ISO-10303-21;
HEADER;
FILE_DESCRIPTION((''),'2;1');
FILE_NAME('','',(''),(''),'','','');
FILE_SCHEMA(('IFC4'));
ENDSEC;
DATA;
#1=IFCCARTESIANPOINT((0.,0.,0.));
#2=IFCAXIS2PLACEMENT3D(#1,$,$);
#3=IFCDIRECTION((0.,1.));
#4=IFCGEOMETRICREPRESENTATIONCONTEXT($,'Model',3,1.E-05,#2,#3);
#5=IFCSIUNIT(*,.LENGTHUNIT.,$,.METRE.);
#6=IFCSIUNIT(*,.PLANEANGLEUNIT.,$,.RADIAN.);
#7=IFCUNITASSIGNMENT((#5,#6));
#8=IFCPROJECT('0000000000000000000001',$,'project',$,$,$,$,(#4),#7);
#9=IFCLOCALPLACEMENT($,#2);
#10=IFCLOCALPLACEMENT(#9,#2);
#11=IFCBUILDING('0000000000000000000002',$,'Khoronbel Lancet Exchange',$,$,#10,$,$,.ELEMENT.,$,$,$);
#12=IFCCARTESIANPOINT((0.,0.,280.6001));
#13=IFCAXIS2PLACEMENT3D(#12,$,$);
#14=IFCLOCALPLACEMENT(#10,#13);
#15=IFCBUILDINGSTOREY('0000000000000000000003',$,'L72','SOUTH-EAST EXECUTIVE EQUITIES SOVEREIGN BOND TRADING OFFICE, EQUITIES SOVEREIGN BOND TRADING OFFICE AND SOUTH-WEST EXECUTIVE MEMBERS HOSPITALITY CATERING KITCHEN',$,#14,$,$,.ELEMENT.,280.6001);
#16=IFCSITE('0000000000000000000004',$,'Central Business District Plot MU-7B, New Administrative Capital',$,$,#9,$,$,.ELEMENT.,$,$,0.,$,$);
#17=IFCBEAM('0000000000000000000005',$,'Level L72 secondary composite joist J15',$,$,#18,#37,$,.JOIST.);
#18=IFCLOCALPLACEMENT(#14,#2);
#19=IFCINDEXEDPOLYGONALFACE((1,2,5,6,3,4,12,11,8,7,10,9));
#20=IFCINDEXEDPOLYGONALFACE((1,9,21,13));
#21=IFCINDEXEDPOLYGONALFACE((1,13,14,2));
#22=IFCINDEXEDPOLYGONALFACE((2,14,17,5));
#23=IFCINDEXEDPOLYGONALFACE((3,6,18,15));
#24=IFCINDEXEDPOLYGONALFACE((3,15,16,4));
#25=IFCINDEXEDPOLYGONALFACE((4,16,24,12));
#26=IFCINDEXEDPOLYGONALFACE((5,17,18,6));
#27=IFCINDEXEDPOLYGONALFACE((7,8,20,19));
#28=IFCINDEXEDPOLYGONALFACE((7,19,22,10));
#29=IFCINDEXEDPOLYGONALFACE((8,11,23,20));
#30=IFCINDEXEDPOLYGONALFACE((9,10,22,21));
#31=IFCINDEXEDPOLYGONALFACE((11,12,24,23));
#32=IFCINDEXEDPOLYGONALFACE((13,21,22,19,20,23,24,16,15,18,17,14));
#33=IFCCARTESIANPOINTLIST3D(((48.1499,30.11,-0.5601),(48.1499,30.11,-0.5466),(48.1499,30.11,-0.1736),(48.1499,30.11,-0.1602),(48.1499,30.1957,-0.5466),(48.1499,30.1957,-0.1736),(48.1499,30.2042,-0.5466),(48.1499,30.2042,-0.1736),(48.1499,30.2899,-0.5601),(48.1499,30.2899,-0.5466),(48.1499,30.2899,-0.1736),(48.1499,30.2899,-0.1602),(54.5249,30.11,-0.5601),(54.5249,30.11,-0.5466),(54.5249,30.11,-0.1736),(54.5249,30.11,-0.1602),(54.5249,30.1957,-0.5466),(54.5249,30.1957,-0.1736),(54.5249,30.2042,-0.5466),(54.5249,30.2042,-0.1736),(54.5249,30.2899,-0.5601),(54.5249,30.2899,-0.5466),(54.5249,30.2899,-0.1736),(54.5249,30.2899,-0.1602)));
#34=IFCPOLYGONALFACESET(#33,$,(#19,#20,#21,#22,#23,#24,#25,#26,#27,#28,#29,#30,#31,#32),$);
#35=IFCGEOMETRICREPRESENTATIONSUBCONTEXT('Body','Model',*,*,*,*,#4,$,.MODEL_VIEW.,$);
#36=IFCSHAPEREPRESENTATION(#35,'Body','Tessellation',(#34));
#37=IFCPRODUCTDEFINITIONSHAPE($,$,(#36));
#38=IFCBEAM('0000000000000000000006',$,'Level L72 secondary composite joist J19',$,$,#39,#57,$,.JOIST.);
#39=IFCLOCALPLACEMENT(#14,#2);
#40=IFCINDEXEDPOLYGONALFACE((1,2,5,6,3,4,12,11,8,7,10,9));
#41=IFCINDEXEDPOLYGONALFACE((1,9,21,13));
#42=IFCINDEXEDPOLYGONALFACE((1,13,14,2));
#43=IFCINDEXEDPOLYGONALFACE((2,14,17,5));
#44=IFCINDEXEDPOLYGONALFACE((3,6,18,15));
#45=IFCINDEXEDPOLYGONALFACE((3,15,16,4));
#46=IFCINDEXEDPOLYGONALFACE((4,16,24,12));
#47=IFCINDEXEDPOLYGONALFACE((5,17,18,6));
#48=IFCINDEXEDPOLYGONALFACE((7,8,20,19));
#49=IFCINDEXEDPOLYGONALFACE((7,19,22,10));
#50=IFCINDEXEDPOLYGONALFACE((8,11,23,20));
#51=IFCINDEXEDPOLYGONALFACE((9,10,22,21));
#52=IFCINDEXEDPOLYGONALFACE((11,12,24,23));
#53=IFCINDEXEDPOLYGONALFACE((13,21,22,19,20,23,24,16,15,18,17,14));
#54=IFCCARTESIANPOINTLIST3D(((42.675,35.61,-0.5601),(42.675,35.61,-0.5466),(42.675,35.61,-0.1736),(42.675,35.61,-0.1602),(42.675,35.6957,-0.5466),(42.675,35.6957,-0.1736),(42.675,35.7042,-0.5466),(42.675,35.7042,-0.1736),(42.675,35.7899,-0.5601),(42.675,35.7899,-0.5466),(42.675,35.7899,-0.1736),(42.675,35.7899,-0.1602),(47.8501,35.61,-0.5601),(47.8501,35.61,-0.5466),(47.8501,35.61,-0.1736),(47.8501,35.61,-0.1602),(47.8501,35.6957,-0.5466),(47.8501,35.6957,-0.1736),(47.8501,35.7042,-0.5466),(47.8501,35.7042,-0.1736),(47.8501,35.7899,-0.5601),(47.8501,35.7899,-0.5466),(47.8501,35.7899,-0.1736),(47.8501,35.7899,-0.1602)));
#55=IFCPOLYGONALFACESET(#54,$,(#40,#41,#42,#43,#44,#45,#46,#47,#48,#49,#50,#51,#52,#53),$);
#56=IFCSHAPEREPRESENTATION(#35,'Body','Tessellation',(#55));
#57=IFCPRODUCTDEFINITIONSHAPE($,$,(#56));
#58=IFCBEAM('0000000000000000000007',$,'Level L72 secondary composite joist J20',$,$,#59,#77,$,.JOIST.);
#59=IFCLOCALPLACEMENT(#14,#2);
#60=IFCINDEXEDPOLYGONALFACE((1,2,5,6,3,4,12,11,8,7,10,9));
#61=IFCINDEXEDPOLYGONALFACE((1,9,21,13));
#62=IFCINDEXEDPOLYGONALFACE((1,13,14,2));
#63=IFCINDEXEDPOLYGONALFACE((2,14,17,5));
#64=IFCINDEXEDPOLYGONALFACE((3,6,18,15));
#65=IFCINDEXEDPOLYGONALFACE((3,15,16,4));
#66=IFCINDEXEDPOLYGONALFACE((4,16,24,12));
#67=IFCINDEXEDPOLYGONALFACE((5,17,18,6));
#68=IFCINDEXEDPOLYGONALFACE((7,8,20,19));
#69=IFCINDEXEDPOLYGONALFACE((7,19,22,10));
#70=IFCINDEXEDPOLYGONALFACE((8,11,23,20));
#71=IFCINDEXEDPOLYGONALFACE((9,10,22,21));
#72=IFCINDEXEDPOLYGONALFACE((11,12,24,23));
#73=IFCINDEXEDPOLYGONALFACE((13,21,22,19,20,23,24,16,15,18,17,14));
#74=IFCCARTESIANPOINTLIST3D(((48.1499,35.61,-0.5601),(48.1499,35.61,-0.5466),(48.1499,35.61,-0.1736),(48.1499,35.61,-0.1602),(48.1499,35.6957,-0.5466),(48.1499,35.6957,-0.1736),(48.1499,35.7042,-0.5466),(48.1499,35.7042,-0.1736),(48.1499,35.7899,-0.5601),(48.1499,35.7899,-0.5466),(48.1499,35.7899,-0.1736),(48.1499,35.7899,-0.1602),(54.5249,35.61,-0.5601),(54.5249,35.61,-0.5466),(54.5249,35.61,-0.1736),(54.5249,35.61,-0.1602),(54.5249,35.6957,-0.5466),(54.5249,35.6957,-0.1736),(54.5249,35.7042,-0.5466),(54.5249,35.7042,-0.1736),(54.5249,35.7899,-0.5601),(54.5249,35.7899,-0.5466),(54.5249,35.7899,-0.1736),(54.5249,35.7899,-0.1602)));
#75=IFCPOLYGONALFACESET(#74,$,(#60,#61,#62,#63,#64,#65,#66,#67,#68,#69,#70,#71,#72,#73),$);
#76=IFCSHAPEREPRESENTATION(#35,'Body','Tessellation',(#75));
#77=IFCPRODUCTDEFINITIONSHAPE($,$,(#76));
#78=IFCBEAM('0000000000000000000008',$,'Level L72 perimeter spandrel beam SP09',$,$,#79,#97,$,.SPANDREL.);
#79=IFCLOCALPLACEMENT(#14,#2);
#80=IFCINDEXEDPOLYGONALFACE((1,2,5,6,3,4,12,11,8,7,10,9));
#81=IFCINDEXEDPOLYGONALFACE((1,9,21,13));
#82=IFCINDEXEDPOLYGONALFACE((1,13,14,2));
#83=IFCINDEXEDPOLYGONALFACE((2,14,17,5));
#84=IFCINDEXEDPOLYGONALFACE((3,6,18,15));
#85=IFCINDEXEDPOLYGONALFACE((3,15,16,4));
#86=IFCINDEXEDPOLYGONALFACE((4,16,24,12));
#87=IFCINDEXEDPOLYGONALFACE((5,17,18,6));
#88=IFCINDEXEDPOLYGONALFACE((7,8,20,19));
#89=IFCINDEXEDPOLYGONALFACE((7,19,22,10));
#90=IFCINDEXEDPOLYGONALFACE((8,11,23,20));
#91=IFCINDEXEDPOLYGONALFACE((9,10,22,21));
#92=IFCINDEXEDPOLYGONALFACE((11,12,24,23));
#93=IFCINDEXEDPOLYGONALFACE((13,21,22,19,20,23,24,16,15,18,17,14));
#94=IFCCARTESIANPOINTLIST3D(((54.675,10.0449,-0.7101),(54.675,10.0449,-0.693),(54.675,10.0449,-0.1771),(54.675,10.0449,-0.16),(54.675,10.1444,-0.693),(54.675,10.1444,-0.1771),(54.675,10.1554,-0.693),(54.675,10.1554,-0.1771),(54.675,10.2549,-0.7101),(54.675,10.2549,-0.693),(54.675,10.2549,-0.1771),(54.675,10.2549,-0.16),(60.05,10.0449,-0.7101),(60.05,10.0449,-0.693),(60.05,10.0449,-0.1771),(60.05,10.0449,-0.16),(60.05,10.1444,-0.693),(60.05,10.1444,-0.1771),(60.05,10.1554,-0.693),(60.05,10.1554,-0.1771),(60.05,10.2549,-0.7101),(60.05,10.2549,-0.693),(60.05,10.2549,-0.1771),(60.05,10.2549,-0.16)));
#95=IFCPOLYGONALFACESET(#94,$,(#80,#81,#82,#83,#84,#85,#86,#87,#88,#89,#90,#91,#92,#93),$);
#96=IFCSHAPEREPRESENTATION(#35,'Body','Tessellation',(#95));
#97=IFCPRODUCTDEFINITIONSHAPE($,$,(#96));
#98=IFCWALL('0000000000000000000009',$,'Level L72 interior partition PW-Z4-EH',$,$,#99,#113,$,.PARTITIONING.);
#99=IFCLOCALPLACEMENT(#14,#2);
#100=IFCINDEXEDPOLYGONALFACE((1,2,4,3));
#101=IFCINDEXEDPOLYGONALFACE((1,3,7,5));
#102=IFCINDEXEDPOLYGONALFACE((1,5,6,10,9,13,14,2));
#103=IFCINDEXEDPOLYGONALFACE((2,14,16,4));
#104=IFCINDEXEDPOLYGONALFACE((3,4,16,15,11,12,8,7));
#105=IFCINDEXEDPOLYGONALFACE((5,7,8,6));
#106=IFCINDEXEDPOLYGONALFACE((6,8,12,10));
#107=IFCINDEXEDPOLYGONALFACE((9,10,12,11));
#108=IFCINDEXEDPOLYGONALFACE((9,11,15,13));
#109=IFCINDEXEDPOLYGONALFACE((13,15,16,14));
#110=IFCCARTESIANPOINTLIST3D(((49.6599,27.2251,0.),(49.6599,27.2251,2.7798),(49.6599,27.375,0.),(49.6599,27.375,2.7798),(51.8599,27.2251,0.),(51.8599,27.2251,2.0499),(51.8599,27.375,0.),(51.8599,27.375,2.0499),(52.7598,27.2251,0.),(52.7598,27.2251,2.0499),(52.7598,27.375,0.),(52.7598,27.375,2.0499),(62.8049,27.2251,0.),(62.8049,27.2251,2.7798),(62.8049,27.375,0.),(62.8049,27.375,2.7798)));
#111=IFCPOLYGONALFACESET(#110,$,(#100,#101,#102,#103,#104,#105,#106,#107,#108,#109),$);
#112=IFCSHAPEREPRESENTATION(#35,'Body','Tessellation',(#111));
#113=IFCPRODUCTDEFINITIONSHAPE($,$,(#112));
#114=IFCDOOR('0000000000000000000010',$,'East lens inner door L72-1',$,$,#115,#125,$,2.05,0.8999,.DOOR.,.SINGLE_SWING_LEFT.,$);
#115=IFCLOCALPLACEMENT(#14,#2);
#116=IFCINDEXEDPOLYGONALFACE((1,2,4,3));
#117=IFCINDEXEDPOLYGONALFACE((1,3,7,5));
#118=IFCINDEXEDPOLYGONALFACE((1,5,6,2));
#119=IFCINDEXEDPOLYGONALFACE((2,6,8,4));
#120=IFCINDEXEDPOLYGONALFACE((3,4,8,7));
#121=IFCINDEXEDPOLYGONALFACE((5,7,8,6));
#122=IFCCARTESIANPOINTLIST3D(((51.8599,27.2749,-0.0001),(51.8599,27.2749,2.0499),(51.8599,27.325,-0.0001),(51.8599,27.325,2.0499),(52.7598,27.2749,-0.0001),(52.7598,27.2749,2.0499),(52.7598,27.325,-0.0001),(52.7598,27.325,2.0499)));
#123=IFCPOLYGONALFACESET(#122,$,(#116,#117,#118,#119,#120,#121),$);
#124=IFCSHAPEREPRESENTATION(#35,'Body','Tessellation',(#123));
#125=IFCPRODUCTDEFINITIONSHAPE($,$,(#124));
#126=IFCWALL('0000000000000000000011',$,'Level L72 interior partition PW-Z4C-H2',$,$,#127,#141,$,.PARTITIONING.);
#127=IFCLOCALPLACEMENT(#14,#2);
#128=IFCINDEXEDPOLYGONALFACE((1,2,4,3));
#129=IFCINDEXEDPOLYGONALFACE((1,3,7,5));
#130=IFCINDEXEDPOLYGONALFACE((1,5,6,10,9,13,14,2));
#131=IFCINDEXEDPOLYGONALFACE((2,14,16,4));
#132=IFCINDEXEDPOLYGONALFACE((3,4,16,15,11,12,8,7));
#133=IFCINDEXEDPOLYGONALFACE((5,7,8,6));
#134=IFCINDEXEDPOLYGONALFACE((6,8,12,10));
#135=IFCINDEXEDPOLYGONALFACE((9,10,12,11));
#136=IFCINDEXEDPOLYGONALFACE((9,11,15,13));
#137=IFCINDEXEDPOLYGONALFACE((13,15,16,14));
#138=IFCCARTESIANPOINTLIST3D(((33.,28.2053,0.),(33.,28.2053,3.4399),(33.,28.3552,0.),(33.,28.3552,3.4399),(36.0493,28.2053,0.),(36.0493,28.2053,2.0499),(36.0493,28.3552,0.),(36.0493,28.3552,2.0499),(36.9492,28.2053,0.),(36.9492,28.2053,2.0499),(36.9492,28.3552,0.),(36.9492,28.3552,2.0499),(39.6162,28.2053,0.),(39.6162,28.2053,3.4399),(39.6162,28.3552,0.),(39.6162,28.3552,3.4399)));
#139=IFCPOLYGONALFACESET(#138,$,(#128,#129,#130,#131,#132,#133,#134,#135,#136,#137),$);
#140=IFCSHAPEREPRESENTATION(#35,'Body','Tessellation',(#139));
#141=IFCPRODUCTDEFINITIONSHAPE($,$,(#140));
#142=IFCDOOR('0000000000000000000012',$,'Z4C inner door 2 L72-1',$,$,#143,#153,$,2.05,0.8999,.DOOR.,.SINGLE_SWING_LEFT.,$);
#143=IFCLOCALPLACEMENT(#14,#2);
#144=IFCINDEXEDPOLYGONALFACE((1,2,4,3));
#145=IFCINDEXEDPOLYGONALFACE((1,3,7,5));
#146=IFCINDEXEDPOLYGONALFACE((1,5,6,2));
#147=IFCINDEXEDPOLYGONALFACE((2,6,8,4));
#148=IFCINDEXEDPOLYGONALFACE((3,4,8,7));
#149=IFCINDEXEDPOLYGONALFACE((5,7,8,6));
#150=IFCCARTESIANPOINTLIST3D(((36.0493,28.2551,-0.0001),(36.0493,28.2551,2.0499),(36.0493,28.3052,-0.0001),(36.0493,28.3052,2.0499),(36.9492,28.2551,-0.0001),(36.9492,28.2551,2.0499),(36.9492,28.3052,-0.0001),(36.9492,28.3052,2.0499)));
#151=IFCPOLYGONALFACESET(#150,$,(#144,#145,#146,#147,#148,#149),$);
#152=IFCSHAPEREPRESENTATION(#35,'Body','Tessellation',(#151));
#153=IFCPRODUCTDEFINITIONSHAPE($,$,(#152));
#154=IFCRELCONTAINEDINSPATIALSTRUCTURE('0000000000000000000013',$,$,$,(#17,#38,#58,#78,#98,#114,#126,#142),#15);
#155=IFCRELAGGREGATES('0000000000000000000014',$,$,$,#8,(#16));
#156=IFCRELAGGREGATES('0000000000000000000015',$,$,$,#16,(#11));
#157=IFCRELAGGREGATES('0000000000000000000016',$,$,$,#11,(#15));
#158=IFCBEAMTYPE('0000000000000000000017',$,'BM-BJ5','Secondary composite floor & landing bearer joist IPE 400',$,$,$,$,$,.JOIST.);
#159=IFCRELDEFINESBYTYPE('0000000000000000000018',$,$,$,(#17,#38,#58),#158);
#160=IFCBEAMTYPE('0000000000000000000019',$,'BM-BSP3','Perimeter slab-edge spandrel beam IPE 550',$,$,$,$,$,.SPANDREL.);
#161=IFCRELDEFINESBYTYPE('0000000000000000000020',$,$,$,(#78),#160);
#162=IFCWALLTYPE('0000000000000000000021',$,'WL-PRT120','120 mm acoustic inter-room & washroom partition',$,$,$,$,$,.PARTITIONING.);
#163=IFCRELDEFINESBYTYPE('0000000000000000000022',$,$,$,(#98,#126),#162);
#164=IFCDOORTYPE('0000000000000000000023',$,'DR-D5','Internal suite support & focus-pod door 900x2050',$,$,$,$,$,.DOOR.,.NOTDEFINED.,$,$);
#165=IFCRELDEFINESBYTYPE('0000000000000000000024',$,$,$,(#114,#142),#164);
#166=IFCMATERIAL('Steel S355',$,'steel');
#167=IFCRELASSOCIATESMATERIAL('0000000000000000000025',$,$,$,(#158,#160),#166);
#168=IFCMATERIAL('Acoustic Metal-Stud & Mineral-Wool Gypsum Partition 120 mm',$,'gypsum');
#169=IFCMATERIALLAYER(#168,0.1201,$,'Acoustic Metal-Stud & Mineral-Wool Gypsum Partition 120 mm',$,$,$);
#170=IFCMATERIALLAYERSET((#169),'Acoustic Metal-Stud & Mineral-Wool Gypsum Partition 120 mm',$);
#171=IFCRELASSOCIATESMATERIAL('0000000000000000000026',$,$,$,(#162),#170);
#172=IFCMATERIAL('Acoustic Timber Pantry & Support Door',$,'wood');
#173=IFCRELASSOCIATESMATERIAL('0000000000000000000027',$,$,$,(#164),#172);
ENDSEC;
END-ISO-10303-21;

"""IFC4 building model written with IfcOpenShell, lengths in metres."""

from ifc_helpers import new_model, si_unit, direction, frame, frame_2d, origin, origin_2d, place, context, subcontext, project, spatial, rectangle, i_section, extrude, material, layer, layer_set, material_profile, profile_set, type_object, element, fill, save


model = new_model("IFC4")

# Units and contexts
model_context = context("Model", 3, precision=1e-05, world=origin(), true_north=direction((0.0, 1.0)))
body_context = subcontext(model_context, "Body", "Model", "MODEL_VIEW")
ifc_project = project(units=[si_unit("LENGTHUNIT", "METRE"), si_unit("PLANEANGLEUNIT", "RADIAN")], contexts=[model_context])

# Site, building, storey
site_placement = place(None, origin())
site = spatial("IfcSite", under=ifc_project, at=site_placement, Name="Central Business District Plot MU-7B, New Administrative Capital", CompositionType="ELEMENT", RefElevation=0.0)
building_placement = place(site_placement, origin())
building = spatial("IfcBuilding", under=site, at=building_placement, Name="Khoronbel Lancet Exchange", CompositionType="ELEMENT")
storey_placement = place(building_placement, frame((0.0, 0.0, 280.6001)))
storey = spatial("IfcBuildingStorey", under=building, at=storey_placement, Name="L72", Description="SOUTH-EAST EXECUTIVE EQUITIES SOVEREIGN BOND TRADING OFFICE, EQUITIES SOVEREIGN BOND TRADING OFFICE AND SOUTH-WEST EXECUTIVE MEMBERS HOSPITALITY CATERING KITCHEN", CompositionType="ELEMENT", Elevation=280.6001)

# Shared definitions
ifc_material_1 = material(Name="Steel S355", Category="steel")

# Beams
ifc_material_profile_1 = material_profile(ifc_material_1, i_section(OverallWidth=0.1799, OverallDepth=0.3999, WebThickness=0.0085, FlangeThickness=0.0134, at=origin_2d()), Name="IPE 400")
ifc_profile_set_1 = profile_set([ifc_material_profile_1], Name="Steel S355")
beam_type_1 = type_object("IfcBeamType", Name="BM-BJ5", Description="Secondary composite floor & landing bearer joist IPE 400", PredefinedType="JOIST", material=ifc_profile_set_1)
beam_1_placement = place(storey_placement, frame((48.1499, 30.2, -0.3601), z_axis=(1.0, 0.0, 0.0), x_axis=(0.0, 1.0, 0.0)))
element("IfcBeam", 1, at=beam_1_placement, inside=storey, type_object=beam_type_1, Name="Level L72 secondary composite joist J15", PredefinedType="JOIST", context=body_context, shape_type="SweptSolid", body=[
    extrude(i_section(OverallWidth=0.1799, OverallDepth=0.3999, WebThickness=0.0085, FlangeThickness=0.0134, at=origin_2d()), origin(), (0.0, 0.0, 1.0), 6.375),
])
beam_2_placement = place(storey_placement, frame((42.675, 35.7, -0.3601), z_axis=(1.0, 0.0, 0.0), x_axis=(0.0, 1.0, 0.0)))
element("IfcBeam", 2, at=beam_2_placement, inside=storey, type_object=beam_type_1, Name="Level L72 secondary composite joist J19", PredefinedType="JOIST", context=body_context, shape_type="SweptSolid", body=[
    extrude(i_section(OverallWidth=0.1799, OverallDepth=0.3999, WebThickness=0.0085, FlangeThickness=0.0134, at=origin_2d()), origin(), (0.0, 0.0, 1.0), 5.175),
])
beam_3_placement = place(storey_placement, frame((48.1499, 35.7, -0.3601), z_axis=(1.0, 0.0, 0.0), x_axis=(0.0, 1.0, 0.0)))
element("IfcBeam", 3, at=beam_3_placement, inside=storey, type_object=beam_type_1, Name="Level L72 secondary composite joist J20", PredefinedType="JOIST", context=body_context, shape_type="SweptSolid", body=[
    extrude(i_section(OverallWidth=0.1799, OverallDepth=0.3999, WebThickness=0.0085, FlangeThickness=0.0134, at=origin_2d()), origin(), (0.0, 0.0, 1.0), 6.375),
])
ifc_material_profile_2 = material_profile(ifc_material_1, i_section(OverallWidth=0.21, OverallDepth=0.55, WebThickness=0.011, FlangeThickness=0.0171, at=origin_2d()), Name="IPE 550")
ifc_profile_set_2 = profile_set([ifc_material_profile_2], Name="Steel S355")
beam_type_2 = type_object("IfcBeamType", Name="BM-BSP3", Description="Perimeter slab-edge spandrel beam IPE 550", PredefinedType="SPANDREL", material=ifc_profile_set_2)
beam_4_placement = place(storey_placement, frame((54.675, 10.1499, -0.4351), z_axis=(1.0, 0.0, 0.0), x_axis=(0.0, 1.0, 0.0)))
element("IfcBeam", 4, at=beam_4_placement, inside=storey, type_object=beam_type_2, Name="Level L72 perimeter spandrel beam SP09", PredefinedType="SPANDREL", context=body_context, shape_type="SweptSolid", body=[
    extrude(i_section(OverallWidth=0.21, OverallDepth=0.55, WebThickness=0.011, FlangeThickness=0.0171, at=origin_2d()), origin(), (0.0, 0.0, 1.0), 5.375),
])

# Walls, openings, doors
ifc_material_2 = material(Name="Acoustic Metal-Stud & Mineral-Wool Gypsum Partition 120 mm", Category="gypsum")
ifc_layer_1 = layer(ifc_material_2, 0.1201, Name="Acoustic Metal-Stud & Mineral-Wool Gypsum Partition 120 mm")
ifc_layer_set_1 = layer_set([ifc_layer_1], Name="Acoustic Metal-Stud & Mineral-Wool Gypsum Partition 120 mm")
wall_type_1 = type_object("IfcWallType", Name="WL-PRT120", Description="120 mm acoustic inter-room & washroom partition", PredefinedType="PARTITIONING", material=ifc_layer_set_1)
wall_1_placement = place(storey_placement, frame((49.6599, 27.3, 0.0), z_axis=(0.0, 0.0, 1.0), x_axis=(1.0, 0.0, 0.0)))
wall_1 = element("IfcWall", 5, at=wall_1_placement, inside=storey, type_object=wall_type_1, Name="Level L72 interior partition PW-Z4-EH", PredefinedType="PARTITIONING", context=body_context, shape_type="SweptSolid", body=[
    extrude(rectangle(XDim=13.145, YDim=0.1499, at=frame_2d((6.5725, 0.0))), origin(), (0.0, 0.0, 1.0), 2.7798),
])
opening_1_placement = place(wall_1_placement, frame((2.2, 0.0, 0.0)))
opening_1 = element("IfcOpeningElement", 6, at=opening_1_placement, cuts=wall_1, PredefinedType="OPENING", context=body_context, shape_type="SweptSolid", body=[
    extrude(rectangle(XDim=0.8999, YDim=2.05, at=frame_2d((0.45, 1.0249))), frame((0.0, 0.085, 0.0), z_axis=(0.0, -1.0, 0.0), x_axis=(1.0, 0.0, 0.0)), (0.0, 0.0, 1.0), 0.1699),
])
ifc_material_3 = material(Name="Acoustic Timber Pantry & Support Door", Category="wood")
door_type_1 = type_object("IfcDoorType", Name="DR-D5", Description="Internal suite support & focus-pod door 900x2050", OperationType="NOTDEFINED", PredefinedType="DOOR", material=ifc_material_3)
door_1_placement = place(opening_1_placement, origin())
door_1 = element("IfcDoor", 7, at=door_1_placement, inside=storey, type_object=door_type_1, Name="East lens inner door L72-1", OperationType="SINGLE_SWING_LEFT", OverallHeight=2.05, OverallWidth=0.8999, PredefinedType="DOOR", context=body_context, shape_type="SweptSolid", body=[
    extrude(rectangle(XDim=0.8999, YDim=2.05, at=frame_2d((0.45, 1.0249))), frame((0.0, 0.0249, 0.0), z_axis=(0.0, -1.0, 0.0), x_axis=(1.0, 0.0, 0.0)), (0.0, 0.0, 1.0), 0.05),
])
fill(opening_1, door_1)
wall_2_placement = place(storey_placement, frame((33.0, 28.2803, 0.0), z_axis=(0.0, 0.0, 1.0), x_axis=(1.0, 0.0, 0.0)))
wall_2 = element("IfcWall", 8, at=wall_2_placement, inside=storey, type_object=wall_type_1, Name="Level L72 interior partition PW-Z4C-H2", PredefinedType="PARTITIONING", context=body_context, shape_type="SweptSolid", body=[
    extrude(rectangle(XDim=6.6162, YDim=0.1499, at=frame_2d((3.3081, 0.0))), origin(), (0.0, 0.0, 1.0), 3.4399),
])
opening_2_placement = place(wall_2_placement, frame((3.0493, 0.0, 0.0)))
opening_2 = element("IfcOpeningElement", 9, at=opening_2_placement, cuts=wall_2, PredefinedType="OPENING", context=body_context, shape_type="SweptSolid", body=[
    extrude(rectangle(XDim=0.8999, YDim=2.05, at=frame_2d((0.45, 1.0249))), frame((0.0, 0.085, 0.0), z_axis=(0.0, -1.0, 0.0), x_axis=(1.0, 0.0, 0.0)), (0.0, 0.0, 1.0), 0.1699),
])
door_2_placement = place(opening_2_placement, origin())
door_2 = element("IfcDoor", 10, at=door_2_placement, inside=storey, type_object=door_type_1, Name="Z4C inner door 2 L72-1", OperationType="SINGLE_SWING_LEFT", OverallHeight=2.05, OverallWidth=0.8999, PredefinedType="DOOR", context=body_context, shape_type="SweptSolid", body=[
    extrude(rectangle(XDim=0.8999, YDim=2.05, at=frame_2d((0.45, 1.0249))), frame((0.0, 0.0249, 0.0), z_axis=(0.0, -1.0, 0.0), x_axis=(1.0, 0.0, 0.0)), (0.0, 0.0, 1.0), 0.05),
])
fill(opening_2, door_2)

save(model, "model.ifc")
